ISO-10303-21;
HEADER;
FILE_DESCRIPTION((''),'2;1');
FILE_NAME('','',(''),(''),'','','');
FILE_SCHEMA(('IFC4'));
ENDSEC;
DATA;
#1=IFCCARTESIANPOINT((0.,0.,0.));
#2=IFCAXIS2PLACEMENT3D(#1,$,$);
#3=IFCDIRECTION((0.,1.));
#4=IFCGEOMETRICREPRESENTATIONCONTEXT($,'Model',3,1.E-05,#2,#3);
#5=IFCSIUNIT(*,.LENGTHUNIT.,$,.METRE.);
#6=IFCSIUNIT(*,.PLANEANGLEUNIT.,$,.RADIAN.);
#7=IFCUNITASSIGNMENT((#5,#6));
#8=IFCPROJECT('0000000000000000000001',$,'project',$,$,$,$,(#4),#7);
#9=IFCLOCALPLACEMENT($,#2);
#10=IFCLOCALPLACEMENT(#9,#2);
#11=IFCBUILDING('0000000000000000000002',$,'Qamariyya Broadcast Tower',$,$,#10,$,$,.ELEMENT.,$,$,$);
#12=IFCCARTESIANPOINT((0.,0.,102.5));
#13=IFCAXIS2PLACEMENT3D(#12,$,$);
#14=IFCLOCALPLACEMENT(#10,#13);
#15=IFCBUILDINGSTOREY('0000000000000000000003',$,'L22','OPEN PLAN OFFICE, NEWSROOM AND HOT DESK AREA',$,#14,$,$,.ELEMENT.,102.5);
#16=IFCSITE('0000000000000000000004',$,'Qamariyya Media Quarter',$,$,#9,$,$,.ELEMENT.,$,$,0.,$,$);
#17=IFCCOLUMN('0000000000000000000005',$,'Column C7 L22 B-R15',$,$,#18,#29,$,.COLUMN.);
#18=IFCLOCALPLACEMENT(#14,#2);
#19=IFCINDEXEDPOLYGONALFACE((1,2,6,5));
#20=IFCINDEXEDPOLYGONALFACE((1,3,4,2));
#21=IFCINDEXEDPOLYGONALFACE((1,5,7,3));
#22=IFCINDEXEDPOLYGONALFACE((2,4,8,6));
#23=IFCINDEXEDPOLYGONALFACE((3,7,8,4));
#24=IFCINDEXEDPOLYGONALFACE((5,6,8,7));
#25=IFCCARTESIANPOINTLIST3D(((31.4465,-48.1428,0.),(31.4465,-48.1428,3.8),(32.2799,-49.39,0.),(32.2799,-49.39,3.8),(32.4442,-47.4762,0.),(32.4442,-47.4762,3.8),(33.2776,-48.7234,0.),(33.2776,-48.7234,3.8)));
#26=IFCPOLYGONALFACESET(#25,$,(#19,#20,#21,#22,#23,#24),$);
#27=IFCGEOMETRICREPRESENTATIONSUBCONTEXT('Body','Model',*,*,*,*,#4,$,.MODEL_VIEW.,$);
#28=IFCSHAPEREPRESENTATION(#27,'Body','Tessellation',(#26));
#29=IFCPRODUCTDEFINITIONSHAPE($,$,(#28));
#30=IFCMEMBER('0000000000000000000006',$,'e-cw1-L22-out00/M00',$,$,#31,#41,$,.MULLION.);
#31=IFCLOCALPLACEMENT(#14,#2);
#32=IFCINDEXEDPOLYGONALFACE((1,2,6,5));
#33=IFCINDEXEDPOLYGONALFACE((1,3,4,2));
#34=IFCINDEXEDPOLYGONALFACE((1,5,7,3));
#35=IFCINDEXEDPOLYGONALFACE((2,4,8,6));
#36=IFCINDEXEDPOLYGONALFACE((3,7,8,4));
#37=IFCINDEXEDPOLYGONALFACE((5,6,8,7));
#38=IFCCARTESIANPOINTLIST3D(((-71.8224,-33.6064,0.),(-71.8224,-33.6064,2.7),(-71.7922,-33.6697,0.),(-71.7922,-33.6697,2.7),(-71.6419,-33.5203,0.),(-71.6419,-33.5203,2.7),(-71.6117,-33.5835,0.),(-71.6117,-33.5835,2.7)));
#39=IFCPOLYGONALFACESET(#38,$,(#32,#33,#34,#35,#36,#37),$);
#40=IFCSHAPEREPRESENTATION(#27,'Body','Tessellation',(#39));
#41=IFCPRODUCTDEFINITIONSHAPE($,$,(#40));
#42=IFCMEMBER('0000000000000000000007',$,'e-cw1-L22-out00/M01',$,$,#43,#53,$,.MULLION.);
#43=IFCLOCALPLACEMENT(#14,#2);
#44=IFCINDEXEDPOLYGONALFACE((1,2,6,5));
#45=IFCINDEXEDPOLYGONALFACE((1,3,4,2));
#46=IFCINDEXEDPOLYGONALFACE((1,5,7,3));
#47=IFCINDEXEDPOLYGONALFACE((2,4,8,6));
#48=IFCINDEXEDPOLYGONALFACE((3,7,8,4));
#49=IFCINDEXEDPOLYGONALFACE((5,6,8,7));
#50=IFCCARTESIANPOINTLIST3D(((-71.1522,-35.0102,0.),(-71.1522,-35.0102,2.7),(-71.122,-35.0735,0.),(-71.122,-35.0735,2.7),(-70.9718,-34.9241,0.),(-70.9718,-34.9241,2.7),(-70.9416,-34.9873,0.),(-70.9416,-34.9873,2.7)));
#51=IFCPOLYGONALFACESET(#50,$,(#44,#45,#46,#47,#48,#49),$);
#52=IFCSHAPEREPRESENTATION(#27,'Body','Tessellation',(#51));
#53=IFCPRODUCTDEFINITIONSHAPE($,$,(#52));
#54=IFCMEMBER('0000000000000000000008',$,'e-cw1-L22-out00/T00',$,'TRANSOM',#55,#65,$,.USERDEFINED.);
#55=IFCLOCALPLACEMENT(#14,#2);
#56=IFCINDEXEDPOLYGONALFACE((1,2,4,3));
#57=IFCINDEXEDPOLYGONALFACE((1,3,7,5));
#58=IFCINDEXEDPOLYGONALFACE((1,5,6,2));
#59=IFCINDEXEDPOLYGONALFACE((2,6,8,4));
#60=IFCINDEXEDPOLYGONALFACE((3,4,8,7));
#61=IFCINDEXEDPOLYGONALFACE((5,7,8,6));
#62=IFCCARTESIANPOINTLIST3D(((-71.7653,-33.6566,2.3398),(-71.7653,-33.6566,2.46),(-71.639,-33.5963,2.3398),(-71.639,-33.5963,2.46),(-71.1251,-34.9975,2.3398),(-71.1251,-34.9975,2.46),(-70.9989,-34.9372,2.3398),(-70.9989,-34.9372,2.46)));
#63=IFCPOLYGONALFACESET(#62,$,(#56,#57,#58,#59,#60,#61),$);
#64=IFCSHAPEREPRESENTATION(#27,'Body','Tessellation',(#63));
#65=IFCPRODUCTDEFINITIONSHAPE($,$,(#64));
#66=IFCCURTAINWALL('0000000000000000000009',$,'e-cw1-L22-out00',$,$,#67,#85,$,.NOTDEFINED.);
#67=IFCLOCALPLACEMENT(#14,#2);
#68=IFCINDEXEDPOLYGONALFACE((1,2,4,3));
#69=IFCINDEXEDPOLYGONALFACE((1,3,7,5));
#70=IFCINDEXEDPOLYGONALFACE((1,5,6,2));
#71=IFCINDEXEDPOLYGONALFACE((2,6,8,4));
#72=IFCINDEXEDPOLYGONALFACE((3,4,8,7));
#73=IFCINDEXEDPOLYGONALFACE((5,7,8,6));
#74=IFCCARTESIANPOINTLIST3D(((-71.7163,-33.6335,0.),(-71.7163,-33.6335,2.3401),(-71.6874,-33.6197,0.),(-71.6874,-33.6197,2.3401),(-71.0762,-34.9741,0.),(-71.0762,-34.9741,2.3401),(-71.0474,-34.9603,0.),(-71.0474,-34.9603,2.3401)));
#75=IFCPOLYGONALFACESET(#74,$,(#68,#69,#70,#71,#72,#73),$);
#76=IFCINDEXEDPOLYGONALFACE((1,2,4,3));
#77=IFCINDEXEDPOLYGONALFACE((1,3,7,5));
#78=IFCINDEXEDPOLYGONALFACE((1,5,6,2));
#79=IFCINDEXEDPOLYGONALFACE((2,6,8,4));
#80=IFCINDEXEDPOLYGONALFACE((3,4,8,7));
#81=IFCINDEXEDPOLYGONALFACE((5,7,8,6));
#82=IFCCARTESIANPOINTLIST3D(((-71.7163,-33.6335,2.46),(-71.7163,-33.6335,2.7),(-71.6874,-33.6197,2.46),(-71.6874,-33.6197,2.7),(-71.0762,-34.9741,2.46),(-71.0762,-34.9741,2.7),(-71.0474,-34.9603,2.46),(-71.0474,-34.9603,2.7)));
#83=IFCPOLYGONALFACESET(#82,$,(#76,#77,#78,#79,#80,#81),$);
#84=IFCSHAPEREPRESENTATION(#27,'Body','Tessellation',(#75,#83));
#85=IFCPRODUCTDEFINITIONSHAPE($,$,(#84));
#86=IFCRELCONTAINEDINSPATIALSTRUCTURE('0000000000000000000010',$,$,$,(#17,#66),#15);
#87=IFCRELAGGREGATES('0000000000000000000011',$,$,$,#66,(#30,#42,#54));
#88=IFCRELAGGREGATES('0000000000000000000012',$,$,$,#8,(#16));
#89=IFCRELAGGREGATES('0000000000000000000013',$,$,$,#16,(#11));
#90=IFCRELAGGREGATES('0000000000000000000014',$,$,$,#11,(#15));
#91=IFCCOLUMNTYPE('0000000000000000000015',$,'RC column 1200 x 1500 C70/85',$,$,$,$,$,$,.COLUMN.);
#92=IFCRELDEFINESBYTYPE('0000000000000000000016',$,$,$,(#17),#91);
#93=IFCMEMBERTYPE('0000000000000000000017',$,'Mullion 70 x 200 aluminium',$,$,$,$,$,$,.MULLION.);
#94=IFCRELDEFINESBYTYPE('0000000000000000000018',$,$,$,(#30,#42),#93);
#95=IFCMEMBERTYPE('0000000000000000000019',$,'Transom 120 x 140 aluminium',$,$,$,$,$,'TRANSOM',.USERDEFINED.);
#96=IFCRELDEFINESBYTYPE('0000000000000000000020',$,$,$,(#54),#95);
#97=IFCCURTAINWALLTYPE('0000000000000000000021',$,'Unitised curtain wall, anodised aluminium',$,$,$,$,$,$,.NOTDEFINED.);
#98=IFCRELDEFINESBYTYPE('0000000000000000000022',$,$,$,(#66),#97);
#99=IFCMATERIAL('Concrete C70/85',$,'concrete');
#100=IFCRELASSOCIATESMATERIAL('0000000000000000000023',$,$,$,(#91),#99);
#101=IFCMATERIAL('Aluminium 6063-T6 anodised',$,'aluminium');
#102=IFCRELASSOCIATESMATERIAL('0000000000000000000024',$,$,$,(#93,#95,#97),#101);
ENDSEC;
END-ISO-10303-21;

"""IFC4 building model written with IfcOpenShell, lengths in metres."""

from ifc_helpers import new_model, si_unit, direction, frame, origin, origin_2d, place, context, subcontext, project, spatial, rectangle, extrude, material, material_profile, profile_set, type_object, element, aggregate, save


model = new_model("IFC4")

# Units and contexts
model_context = context("Model", 3, precision=1e-05, world=origin(), true_north=direction((0.0, 1.0)))
body_context = subcontext(model_context, "Body", "Model", "MODEL_VIEW")
ifc_project = project(units=[si_unit("LENGTHUNIT", "METRE"), si_unit("PLANEANGLEUNIT", "RADIAN")], contexts=[model_context])

# Site, building, storey
site_placement = place(None, origin())
site = spatial("IfcSite", under=ifc_project, at=site_placement, Name="Qamariyya Media Quarter", CompositionType="ELEMENT", RefElevation=0.0)
building_placement = place(site_placement, origin())
building = spatial("IfcBuilding", under=site, at=building_placement, Name="Qamariyya Broadcast Tower", CompositionType="ELEMENT")
storey_placement = place(building_placement, frame((0.0, 0.0, 102.5)))
storey = spatial("IfcBuildingStorey", under=building, at=storey_placement, Name="L22", Description="OPEN PLAN OFFICE, NEWSROOM AND HOT DESK AREA", CompositionType="ELEMENT", Elevation=102.5)

# Column
ifc_material_1 = material(Name="Concrete C70/85", Category="concrete")
ifc_material_profile_1 = material_profile(ifc_material_1, rectangle(XDim=1.2, YDim=1.5, at=origin_2d()))
ifc_profile_set_1 = profile_set([ifc_material_profile_1], Name="Concrete C70/85")
column_type = type_object("IfcColumnType", Name="RC column 1200 x 1500 C70/85", PredefinedType="COLUMN", material=ifc_profile_set_1)
column_placement = place(storey_placement, frame((32.3621, -48.4331, 0.0), z_axis=(0.0, 0.0, 1.0), x_axis=(0.83147, 0.55557, 0.0)))
element("IfcColumn", 1, at=column_placement, inside=storey, type_object=column_type, Name="Column C7 L22 B-R15", PredefinedType="COLUMN", context=body_context, shape_type="SweptSolid", body=[
    extrude(rectangle(XDim=1.2, YDim=1.5, at=origin_2d()), origin(), (0.0, 0.0, 1.0), 3.8),
])

# Members
ifc_material_2 = material(Name="Aluminium 6063-T6 anodised", Category="aluminium")
ifc_material_profile_2 = material_profile(ifc_material_2, rectangle(XDim=0.2, YDim=0.0701, at=origin_2d()))
ifc_profile_set_2 = profile_set([ifc_material_profile_2], Name="Aluminium 6063-T6 anodised")
member_type_1 = type_object("IfcMemberType", Name="Mullion 70 x 200 aluminium", PredefinedType="MULLION", material=ifc_profile_set_2)
member_1_placement = place(storey_placement, frame((-71.717, -33.595, 0.0), z_axis=(0.0, 0.0, 1.0), x_axis=(0.902408, 0.430883, 0.0)))
member_1 = element("IfcMember", 2, at=member_1_placement, type_object=member_type_1, Name="e-cw1-L22-out00/M00", PredefinedType="MULLION", context=body_context, shape_type="SweptSolid", body=[
    extrude(rectangle(XDim=0.2, YDim=0.0701, at=origin_2d()), origin(), (0.0, 0.0, 1.0), 2.7),
])
member_2_placement = place(storey_placement, frame((-71.0469, -34.9988, 0.0), z_axis=(0.0, 0.0, 1.0), x_axis=(0.902408, 0.430883, 0.0)))
member_2 = element("IfcMember", 3, at=member_2_placement, type_object=member_type_1, Name="e-cw1-L22-out00/M01", PredefinedType="MULLION", context=body_context, shape_type="SweptSolid", body=[
    extrude(rectangle(XDim=0.2, YDim=0.0701, at=origin_2d()), origin(), (0.0, 0.0, 1.0), 2.7),
])
ifc_material_profile_3 = material_profile(ifc_material_2, rectangle(XDim=0.1399, YDim=0.1201, at=origin_2d()))
ifc_profile_set_3 = profile_set([ifc_material_profile_3], Name="Aluminium 6063-T6 anodised")
member_type_2 = type_object("IfcMemberType", Name="Transom 120 x 140 aluminium", ElementType="TRANSOM", PredefinedType="USERDEFINED", material=ifc_profile_set_3)
member_3_placement = place(storey_placement, frame((-71.7021, -33.6265, 2.3999), z_axis=(0.430839, -0.902429, 0.0), x_axis=(0.902429, 0.430839, 0.0)))
member_3 = element("IfcMember", 4, at=member_3_placement, type_object=member_type_2, Name="e-cw1-L22-out00/T00", ObjectType="TRANSOM", PredefinedType="USERDEFINED", context=body_context, shape_type="SweptSolid", body=[
    extrude(rectangle(XDim=0.1399, YDim=0.1201, at=origin_2d()), origin(), (0.0, 0.0, 1.0), 1.4858),
])

# Curtain wall
curtain_wall_type = type_object("IfcCurtainWallType", Name="Unitised curtain wall, anodised aluminium", PredefinedType="NOTDEFINED", material=ifc_material_2)
curtain_wall_1_placement = place(storey_placement, origin())
curtain_wall_1 = element("IfcCurtainWall", 5, at=curtain_wall_1_placement, inside=storey, type_object=curtain_wall_type, Name="e-cw1-L22-out00", PredefinedType="NOTDEFINED", context=body_context, shape_type="SweptSolid", body=[
    extrude(rectangle(XDim=1.4856, YDim=0.032, at=origin_2d()), frame((-71.3818, -34.2969, 0.0), x_axis=(0.43086, -0.902419, 0.0)), (0.0, 0.0, 1.0), 2.3401),
    extrude(rectangle(XDim=1.4856, YDim=0.032, at=origin_2d()), frame((-71.3818, -34.2969, 2.46), x_axis=(0.43086, -0.902419, 0.0)), (0.0, 0.0, 1.0), 0.24),
])
aggregate(curtain_wall_1, [member_1, member_2, member_3])

save(model, "model.ifc")
